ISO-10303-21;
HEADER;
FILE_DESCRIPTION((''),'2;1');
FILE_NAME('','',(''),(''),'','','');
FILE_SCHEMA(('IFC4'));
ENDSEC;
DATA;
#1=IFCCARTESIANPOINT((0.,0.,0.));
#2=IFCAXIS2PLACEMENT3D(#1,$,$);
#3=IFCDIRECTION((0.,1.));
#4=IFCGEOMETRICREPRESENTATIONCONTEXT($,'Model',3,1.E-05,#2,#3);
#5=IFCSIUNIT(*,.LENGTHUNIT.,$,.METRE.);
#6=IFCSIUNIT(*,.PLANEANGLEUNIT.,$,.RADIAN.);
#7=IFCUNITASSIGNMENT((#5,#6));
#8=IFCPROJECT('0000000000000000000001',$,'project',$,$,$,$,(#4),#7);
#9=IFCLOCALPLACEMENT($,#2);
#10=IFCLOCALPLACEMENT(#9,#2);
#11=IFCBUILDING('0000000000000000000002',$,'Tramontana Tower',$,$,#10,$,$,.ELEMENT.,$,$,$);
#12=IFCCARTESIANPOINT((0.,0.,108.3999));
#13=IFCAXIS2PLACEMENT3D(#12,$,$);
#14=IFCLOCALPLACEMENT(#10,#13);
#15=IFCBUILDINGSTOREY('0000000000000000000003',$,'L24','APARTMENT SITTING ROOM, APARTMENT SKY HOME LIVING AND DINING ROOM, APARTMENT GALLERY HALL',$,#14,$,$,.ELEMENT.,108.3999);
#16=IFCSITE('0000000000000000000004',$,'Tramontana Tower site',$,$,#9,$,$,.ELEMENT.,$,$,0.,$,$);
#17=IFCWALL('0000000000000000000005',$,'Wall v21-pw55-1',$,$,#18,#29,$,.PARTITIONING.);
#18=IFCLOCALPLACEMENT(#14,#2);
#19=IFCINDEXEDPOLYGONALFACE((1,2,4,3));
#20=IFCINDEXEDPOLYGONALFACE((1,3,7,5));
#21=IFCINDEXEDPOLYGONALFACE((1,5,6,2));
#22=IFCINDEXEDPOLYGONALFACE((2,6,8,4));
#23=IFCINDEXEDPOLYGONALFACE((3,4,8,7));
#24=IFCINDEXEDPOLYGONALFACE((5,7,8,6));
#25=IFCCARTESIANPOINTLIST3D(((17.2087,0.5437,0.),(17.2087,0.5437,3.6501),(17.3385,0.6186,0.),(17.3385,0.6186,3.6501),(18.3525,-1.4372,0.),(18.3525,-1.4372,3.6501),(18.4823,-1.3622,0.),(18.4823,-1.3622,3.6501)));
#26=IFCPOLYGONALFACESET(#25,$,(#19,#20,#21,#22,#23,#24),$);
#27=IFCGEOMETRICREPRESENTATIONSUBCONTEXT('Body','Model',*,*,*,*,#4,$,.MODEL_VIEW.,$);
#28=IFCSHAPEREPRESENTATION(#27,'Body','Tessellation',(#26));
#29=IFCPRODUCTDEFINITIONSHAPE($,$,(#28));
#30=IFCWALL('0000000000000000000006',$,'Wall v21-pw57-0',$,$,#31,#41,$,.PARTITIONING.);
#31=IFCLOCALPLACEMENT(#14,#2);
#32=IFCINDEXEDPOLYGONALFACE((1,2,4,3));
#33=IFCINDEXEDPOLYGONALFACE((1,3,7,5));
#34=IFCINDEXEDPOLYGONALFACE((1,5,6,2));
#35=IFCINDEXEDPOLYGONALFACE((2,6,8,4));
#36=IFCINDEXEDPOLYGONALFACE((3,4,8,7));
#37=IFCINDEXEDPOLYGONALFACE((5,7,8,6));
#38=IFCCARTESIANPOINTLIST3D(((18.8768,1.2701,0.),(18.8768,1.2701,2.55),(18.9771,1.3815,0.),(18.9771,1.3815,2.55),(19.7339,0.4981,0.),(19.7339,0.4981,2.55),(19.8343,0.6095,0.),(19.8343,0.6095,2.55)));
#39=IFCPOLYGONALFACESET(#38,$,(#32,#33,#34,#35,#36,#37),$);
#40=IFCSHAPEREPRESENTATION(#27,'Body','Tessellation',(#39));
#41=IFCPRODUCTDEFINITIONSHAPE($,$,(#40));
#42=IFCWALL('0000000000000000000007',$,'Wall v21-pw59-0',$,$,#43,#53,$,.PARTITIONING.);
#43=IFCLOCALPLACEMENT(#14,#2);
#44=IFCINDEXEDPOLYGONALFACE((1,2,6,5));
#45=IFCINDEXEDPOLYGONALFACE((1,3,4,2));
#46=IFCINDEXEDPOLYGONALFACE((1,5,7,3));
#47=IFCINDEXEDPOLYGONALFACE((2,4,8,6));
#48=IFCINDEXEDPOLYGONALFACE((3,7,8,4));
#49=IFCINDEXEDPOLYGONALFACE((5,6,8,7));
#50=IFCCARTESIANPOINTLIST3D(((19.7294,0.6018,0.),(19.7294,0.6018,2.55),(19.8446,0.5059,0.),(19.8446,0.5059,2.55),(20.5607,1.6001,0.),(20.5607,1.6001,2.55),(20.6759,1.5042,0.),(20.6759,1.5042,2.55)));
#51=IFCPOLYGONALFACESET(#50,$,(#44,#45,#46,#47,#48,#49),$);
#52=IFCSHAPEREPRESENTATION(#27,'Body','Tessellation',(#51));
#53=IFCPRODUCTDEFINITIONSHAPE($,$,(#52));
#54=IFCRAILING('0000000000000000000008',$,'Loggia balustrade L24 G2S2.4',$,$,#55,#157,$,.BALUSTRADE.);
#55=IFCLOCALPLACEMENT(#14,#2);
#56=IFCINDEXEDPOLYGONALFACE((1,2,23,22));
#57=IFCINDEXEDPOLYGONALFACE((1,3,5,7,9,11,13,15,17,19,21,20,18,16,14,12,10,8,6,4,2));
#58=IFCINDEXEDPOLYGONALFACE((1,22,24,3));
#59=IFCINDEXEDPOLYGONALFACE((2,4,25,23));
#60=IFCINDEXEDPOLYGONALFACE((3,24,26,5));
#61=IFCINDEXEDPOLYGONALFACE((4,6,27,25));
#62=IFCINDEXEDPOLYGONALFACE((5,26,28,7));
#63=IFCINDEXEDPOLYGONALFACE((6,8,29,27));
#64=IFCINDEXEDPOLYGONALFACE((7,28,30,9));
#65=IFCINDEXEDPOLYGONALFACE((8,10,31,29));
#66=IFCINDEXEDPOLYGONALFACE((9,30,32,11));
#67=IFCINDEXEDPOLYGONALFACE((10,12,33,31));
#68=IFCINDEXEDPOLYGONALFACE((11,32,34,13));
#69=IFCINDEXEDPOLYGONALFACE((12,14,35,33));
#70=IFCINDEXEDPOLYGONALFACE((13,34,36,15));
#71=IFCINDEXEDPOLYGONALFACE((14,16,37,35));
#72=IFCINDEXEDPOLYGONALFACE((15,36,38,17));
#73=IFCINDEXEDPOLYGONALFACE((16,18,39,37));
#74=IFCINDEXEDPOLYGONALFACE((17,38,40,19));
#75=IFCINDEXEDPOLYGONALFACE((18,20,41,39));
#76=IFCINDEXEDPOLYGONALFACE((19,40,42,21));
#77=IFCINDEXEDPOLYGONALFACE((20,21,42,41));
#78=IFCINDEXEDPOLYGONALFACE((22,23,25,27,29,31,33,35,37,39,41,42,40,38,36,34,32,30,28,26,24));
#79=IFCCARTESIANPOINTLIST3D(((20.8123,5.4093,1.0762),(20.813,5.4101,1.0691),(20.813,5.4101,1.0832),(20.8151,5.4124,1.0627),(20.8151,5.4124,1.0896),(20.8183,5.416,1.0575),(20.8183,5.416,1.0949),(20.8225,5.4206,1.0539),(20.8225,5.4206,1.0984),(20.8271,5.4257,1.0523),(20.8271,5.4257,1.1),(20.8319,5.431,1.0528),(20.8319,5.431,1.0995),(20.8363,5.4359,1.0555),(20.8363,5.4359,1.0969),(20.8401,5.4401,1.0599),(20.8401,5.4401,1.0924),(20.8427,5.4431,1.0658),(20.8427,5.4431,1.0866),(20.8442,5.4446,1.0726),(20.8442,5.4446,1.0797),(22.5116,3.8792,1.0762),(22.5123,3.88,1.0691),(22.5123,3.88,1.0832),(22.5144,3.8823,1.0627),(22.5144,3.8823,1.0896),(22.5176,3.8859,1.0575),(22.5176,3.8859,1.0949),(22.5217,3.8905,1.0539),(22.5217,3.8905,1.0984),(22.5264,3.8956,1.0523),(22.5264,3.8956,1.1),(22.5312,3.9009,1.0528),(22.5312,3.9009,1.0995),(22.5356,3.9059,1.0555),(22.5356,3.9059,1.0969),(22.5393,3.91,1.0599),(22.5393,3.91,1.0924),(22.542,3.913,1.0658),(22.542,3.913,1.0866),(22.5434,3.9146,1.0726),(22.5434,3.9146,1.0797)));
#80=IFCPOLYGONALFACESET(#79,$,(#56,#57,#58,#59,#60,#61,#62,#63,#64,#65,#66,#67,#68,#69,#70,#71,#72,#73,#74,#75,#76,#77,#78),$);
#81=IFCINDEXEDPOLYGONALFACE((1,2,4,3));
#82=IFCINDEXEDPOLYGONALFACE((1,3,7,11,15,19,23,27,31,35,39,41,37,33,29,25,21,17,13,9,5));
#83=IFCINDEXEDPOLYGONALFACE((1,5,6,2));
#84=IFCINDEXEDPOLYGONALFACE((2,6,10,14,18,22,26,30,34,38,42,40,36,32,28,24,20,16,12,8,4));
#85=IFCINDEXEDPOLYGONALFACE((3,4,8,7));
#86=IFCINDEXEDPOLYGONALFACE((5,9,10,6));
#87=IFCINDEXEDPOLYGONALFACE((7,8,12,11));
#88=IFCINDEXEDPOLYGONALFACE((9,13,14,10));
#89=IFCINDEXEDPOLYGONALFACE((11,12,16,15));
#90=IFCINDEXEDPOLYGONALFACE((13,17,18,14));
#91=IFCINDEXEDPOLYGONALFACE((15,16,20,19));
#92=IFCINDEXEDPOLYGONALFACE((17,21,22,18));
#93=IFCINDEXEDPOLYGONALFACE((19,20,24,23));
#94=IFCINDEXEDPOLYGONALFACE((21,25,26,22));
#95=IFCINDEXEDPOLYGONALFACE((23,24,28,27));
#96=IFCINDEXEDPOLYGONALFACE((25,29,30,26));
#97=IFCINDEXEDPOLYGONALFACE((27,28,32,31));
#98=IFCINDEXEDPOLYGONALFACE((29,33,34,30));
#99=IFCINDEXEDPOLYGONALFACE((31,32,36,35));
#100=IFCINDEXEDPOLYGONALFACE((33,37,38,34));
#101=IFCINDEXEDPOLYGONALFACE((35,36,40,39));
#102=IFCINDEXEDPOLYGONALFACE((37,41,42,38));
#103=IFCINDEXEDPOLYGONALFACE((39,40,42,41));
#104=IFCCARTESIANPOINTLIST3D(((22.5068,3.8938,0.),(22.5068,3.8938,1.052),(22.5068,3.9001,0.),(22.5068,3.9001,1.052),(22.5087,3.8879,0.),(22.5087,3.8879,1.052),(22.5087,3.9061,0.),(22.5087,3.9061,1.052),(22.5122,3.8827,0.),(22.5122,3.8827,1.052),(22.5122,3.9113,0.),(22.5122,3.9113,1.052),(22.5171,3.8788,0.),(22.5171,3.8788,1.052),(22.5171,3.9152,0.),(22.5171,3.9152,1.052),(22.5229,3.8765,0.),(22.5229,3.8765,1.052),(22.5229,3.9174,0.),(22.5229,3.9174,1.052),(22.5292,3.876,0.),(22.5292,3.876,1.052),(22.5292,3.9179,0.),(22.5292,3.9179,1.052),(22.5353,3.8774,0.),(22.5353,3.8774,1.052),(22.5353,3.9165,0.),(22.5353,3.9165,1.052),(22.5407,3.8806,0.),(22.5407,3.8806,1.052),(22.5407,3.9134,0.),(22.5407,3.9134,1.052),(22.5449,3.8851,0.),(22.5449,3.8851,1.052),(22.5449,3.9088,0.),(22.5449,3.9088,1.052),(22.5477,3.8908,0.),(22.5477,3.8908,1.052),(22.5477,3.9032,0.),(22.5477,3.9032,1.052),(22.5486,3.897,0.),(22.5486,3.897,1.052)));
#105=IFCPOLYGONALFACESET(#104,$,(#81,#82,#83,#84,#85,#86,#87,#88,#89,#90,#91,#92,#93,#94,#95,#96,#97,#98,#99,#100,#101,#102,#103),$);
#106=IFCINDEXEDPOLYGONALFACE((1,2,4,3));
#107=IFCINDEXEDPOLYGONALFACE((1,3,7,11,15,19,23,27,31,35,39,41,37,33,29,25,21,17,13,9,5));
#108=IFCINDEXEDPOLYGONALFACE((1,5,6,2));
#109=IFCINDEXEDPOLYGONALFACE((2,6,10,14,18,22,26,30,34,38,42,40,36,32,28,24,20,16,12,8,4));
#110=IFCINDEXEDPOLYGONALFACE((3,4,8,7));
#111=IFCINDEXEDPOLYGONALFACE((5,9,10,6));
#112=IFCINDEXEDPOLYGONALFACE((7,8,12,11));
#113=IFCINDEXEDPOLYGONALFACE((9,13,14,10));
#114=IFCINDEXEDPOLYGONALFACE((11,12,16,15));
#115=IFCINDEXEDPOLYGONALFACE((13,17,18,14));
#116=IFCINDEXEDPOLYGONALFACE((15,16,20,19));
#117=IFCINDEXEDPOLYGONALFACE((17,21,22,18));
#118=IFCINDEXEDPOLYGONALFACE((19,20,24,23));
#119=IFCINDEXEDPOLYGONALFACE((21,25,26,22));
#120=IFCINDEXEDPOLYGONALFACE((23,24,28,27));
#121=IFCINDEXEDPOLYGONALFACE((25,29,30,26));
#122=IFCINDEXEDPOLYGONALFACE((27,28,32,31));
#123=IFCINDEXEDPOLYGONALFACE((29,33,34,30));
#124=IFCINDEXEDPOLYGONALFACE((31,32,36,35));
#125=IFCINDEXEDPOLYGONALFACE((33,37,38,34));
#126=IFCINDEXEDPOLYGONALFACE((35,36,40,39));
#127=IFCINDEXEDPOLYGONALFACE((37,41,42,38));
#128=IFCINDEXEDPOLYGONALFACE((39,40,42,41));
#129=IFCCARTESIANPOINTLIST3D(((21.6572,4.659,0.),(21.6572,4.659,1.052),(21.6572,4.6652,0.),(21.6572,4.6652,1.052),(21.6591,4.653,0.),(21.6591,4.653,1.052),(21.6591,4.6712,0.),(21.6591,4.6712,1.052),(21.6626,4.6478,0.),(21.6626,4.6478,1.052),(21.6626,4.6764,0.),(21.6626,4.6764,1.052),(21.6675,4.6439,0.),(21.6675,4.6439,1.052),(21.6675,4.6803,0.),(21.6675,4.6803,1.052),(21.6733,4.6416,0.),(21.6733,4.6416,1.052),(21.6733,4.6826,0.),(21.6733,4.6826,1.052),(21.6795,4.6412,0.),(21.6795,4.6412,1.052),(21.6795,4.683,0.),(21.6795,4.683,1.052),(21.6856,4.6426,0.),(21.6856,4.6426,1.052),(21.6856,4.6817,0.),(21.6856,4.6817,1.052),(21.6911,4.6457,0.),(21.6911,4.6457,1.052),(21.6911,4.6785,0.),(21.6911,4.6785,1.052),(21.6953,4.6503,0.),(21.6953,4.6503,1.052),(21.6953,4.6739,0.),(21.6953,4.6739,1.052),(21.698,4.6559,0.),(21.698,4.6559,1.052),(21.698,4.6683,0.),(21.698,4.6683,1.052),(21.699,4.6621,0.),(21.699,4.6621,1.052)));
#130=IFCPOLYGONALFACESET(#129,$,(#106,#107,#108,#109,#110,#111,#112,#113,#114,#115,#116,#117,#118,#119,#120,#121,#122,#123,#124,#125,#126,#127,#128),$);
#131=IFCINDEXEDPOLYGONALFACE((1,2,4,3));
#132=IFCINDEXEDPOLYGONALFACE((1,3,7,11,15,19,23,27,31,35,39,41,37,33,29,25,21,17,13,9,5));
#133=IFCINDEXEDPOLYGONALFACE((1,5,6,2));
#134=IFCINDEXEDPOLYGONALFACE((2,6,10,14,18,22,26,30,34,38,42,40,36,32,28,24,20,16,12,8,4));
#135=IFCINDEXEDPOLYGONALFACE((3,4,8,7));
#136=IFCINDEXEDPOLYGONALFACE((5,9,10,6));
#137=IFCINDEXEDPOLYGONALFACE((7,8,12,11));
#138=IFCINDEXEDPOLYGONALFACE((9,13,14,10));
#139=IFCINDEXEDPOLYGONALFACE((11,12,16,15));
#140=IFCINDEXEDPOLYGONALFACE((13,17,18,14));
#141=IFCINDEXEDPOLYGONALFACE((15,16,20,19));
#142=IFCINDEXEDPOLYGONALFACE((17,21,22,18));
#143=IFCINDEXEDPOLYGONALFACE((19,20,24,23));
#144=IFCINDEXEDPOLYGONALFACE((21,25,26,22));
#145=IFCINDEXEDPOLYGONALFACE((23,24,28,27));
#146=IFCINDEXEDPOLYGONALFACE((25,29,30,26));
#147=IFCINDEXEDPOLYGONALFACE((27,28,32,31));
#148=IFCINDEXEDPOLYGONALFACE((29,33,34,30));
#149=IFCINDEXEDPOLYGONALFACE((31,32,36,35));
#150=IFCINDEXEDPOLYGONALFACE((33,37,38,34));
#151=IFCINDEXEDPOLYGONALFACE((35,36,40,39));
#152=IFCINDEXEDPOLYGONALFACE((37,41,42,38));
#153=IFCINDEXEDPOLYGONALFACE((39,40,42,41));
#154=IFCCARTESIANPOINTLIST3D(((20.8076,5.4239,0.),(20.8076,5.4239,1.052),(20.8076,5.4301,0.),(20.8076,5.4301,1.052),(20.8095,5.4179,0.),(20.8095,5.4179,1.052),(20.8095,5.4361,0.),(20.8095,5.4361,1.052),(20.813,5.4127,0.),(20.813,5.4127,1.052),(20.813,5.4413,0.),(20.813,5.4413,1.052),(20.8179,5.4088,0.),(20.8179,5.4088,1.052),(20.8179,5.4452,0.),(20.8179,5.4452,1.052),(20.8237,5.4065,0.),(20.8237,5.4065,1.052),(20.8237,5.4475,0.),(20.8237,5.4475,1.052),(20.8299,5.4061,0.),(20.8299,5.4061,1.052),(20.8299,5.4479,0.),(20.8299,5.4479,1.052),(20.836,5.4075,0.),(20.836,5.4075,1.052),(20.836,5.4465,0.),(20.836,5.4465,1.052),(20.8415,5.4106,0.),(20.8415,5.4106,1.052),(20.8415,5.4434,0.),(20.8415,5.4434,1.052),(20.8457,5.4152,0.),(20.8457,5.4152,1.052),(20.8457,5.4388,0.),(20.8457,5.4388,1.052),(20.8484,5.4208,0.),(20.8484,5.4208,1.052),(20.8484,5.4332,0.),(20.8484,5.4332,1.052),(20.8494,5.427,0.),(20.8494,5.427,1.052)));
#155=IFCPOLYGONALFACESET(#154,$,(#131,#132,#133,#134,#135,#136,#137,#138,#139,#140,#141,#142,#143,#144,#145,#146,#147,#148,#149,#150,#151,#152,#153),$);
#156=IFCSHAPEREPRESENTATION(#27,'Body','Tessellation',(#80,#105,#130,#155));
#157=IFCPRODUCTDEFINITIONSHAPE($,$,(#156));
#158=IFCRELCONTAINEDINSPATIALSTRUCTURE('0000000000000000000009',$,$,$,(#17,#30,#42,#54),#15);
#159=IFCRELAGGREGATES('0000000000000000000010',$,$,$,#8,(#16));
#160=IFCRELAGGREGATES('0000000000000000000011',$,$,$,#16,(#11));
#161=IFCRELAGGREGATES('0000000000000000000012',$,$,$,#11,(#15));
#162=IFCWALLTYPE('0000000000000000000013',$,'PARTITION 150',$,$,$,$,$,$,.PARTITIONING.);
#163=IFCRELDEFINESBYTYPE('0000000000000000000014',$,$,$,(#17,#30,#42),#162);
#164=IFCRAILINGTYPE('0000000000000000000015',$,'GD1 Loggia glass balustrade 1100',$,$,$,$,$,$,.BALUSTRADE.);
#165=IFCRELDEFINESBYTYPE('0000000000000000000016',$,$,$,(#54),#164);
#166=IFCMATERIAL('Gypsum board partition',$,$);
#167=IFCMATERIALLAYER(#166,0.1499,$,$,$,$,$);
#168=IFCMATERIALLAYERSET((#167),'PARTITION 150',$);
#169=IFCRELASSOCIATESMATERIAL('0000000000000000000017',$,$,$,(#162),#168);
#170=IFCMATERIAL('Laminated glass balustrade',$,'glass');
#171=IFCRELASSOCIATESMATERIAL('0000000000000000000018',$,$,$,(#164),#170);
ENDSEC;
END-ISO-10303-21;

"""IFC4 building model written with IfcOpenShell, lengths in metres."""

from ifc_helpers import new_model, si_unit, direction, frame, frame_2d, origin, origin_2d, place, context, subcontext, project, spatial, rectangle, circle, extrude, material, layer, layer_set, type_object, element, save


model = new_model("IFC4")

# Units and contexts
model_context = context("Model", 3, precision=1e-05, world=origin(), true_north=direction((0.0, 1.0)))
body_context = subcontext(model_context, "Body", "Model", "MODEL_VIEW")
ifc_project = project(units=[si_unit("LENGTHUNIT", "METRE"), si_unit("PLANEANGLEUNIT", "RADIAN")], contexts=[model_context])

# Site, building, storey
site_placement = place(None, origin())
site = spatial("IfcSite", under=ifc_project, at=site_placement, Name="Tramontana Tower site", CompositionType="ELEMENT", RefElevation=0.0)
building_placement = place(site_placement, origin())
building = spatial("IfcBuilding", under=site, at=building_placement, Name="Tramontana Tower", CompositionType="ELEMENT")
storey_placement = place(building_placement, frame((0.0, 0.0, 108.3999)))
storey = spatial("IfcBuildingStorey", under=building, at=storey_placement, Name="L24", Description="APARTMENT SITTING ROOM, APARTMENT SKY HOME LIVING AND DINING ROOM, APARTMENT GALLERY HALL", CompositionType="ELEMENT", Elevation=108.3999)

# Shared definitions
ifc_material_1 = material(Name="Gypsum board partition")
ifc_layer_1 = layer(ifc_material_1, 0.1499)
ifc_layer_set_1 = layer_set([ifc_layer_1], Name="PARTITION 150")
wall_type_1 = type_object("IfcWallType", Name="PARTITION 150", PredefinedType="PARTITIONING", material=ifc_layer_set_1)

# Walls
wall_1_placement = place(storey_placement, frame((17.2737, 0.5811, 0.0), z_axis=(0.0, 0.0, 1.0), x_axis=(0.50003, -0.866008, 0.0)))
element("IfcWall", 1, at=wall_1_placement, inside=storey, type_object=wall_type_1, Name="Wall v21-pw55-1", PredefinedType="PARTITIONING", context=body_context, shape_type="SweptSolid", body=[
    extrude(rectangle(XDim=2.2874, YDim=0.1499, at=frame_2d((1.1436, 0.0))), origin(), (0.0, 0.0, 1.0), 3.6501),
])
wall_2_placement = place(storey_placement, frame((18.927, 1.3257, 0.0), z_axis=(0.0, 0.0, 1.0), x_axis=(0.743073, -0.66921, 0.0)))
element("IfcWall", 2, at=wall_2_placement, inside=storey, type_object=wall_type_1, Name="Wall v21-pw57-0", PredefinedType="PARTITIONING", context=body_context, shape_type="SweptSolid", body=[
    extrude(rectangle(XDim=1.1536, YDim=0.1499, at=frame_2d((0.5767, 0.0))), origin(), (0.0, 0.0, 1.0), 2.55),
])
wall_3_placement = place(storey_placement, frame((19.7871, 0.554, 0.0), z_axis=(0.0, 0.0, 1.0), x_axis=(0.639907, 0.768452, 0.0)))
element("IfcWall", 3, at=wall_3_placement, inside=storey, type_object=wall_type_1, Name="Wall v21-pw59-0", PredefinedType="PARTITIONING", context=body_context, shape_type="SweptSolid", body=[
    extrude(rectangle(XDim=1.2991, YDim=0.1499, at=frame_2d((0.6494, 0.0))), origin(), (0.0, 0.0, 1.0), 2.55),
])

# Railing
ifc_material_2 = material(Name="Laminated glass balustrade", Category="glass")
railing_type = type_object("IfcRailingType", Name="GD1 Loggia glass balustrade 1100", PredefinedType="BALUSTRADE", material=ifc_material_2)
for number, where, name in (
    (4, (22.5276, 3.897, 0.0), "Loggia balustrade L24 G2S2.4"),
):
    element("IfcRailing", number, at=place(storey_placement, frame(where)), inside=storey, type_object=railing_type, Name=name, PredefinedType="BALUSTRADE", context=body_context, shape_type="SweptSolid", body=[
        extrude(circle(Radius=0.0239, at=origin_2d()), frame((0.0, 0.0, 1.0762), z_axis=(-0.743135, 0.669142, 0.0), x_axis=(-0.669142, -0.743135, 0.0)), (0.0, 0.0, 1.0), 2.2866),
        extrude(circle(Radius=0.021, at=origin_2d()), origin(), (0.0, 0.0, 1.0), 1.052),
        extrude(circle(Radius=0.021, at=origin_2d()), frame((-0.8496, 0.7651, 0.0)), (0.0, 0.0, 1.0), 1.052),
        extrude(circle(Radius=0.021, at=origin_2d()), frame((-1.6992, 1.53, 0.0)), (0.0, 0.0, 1.0), 1.052),
    ])

save(model, "model.ifc")
